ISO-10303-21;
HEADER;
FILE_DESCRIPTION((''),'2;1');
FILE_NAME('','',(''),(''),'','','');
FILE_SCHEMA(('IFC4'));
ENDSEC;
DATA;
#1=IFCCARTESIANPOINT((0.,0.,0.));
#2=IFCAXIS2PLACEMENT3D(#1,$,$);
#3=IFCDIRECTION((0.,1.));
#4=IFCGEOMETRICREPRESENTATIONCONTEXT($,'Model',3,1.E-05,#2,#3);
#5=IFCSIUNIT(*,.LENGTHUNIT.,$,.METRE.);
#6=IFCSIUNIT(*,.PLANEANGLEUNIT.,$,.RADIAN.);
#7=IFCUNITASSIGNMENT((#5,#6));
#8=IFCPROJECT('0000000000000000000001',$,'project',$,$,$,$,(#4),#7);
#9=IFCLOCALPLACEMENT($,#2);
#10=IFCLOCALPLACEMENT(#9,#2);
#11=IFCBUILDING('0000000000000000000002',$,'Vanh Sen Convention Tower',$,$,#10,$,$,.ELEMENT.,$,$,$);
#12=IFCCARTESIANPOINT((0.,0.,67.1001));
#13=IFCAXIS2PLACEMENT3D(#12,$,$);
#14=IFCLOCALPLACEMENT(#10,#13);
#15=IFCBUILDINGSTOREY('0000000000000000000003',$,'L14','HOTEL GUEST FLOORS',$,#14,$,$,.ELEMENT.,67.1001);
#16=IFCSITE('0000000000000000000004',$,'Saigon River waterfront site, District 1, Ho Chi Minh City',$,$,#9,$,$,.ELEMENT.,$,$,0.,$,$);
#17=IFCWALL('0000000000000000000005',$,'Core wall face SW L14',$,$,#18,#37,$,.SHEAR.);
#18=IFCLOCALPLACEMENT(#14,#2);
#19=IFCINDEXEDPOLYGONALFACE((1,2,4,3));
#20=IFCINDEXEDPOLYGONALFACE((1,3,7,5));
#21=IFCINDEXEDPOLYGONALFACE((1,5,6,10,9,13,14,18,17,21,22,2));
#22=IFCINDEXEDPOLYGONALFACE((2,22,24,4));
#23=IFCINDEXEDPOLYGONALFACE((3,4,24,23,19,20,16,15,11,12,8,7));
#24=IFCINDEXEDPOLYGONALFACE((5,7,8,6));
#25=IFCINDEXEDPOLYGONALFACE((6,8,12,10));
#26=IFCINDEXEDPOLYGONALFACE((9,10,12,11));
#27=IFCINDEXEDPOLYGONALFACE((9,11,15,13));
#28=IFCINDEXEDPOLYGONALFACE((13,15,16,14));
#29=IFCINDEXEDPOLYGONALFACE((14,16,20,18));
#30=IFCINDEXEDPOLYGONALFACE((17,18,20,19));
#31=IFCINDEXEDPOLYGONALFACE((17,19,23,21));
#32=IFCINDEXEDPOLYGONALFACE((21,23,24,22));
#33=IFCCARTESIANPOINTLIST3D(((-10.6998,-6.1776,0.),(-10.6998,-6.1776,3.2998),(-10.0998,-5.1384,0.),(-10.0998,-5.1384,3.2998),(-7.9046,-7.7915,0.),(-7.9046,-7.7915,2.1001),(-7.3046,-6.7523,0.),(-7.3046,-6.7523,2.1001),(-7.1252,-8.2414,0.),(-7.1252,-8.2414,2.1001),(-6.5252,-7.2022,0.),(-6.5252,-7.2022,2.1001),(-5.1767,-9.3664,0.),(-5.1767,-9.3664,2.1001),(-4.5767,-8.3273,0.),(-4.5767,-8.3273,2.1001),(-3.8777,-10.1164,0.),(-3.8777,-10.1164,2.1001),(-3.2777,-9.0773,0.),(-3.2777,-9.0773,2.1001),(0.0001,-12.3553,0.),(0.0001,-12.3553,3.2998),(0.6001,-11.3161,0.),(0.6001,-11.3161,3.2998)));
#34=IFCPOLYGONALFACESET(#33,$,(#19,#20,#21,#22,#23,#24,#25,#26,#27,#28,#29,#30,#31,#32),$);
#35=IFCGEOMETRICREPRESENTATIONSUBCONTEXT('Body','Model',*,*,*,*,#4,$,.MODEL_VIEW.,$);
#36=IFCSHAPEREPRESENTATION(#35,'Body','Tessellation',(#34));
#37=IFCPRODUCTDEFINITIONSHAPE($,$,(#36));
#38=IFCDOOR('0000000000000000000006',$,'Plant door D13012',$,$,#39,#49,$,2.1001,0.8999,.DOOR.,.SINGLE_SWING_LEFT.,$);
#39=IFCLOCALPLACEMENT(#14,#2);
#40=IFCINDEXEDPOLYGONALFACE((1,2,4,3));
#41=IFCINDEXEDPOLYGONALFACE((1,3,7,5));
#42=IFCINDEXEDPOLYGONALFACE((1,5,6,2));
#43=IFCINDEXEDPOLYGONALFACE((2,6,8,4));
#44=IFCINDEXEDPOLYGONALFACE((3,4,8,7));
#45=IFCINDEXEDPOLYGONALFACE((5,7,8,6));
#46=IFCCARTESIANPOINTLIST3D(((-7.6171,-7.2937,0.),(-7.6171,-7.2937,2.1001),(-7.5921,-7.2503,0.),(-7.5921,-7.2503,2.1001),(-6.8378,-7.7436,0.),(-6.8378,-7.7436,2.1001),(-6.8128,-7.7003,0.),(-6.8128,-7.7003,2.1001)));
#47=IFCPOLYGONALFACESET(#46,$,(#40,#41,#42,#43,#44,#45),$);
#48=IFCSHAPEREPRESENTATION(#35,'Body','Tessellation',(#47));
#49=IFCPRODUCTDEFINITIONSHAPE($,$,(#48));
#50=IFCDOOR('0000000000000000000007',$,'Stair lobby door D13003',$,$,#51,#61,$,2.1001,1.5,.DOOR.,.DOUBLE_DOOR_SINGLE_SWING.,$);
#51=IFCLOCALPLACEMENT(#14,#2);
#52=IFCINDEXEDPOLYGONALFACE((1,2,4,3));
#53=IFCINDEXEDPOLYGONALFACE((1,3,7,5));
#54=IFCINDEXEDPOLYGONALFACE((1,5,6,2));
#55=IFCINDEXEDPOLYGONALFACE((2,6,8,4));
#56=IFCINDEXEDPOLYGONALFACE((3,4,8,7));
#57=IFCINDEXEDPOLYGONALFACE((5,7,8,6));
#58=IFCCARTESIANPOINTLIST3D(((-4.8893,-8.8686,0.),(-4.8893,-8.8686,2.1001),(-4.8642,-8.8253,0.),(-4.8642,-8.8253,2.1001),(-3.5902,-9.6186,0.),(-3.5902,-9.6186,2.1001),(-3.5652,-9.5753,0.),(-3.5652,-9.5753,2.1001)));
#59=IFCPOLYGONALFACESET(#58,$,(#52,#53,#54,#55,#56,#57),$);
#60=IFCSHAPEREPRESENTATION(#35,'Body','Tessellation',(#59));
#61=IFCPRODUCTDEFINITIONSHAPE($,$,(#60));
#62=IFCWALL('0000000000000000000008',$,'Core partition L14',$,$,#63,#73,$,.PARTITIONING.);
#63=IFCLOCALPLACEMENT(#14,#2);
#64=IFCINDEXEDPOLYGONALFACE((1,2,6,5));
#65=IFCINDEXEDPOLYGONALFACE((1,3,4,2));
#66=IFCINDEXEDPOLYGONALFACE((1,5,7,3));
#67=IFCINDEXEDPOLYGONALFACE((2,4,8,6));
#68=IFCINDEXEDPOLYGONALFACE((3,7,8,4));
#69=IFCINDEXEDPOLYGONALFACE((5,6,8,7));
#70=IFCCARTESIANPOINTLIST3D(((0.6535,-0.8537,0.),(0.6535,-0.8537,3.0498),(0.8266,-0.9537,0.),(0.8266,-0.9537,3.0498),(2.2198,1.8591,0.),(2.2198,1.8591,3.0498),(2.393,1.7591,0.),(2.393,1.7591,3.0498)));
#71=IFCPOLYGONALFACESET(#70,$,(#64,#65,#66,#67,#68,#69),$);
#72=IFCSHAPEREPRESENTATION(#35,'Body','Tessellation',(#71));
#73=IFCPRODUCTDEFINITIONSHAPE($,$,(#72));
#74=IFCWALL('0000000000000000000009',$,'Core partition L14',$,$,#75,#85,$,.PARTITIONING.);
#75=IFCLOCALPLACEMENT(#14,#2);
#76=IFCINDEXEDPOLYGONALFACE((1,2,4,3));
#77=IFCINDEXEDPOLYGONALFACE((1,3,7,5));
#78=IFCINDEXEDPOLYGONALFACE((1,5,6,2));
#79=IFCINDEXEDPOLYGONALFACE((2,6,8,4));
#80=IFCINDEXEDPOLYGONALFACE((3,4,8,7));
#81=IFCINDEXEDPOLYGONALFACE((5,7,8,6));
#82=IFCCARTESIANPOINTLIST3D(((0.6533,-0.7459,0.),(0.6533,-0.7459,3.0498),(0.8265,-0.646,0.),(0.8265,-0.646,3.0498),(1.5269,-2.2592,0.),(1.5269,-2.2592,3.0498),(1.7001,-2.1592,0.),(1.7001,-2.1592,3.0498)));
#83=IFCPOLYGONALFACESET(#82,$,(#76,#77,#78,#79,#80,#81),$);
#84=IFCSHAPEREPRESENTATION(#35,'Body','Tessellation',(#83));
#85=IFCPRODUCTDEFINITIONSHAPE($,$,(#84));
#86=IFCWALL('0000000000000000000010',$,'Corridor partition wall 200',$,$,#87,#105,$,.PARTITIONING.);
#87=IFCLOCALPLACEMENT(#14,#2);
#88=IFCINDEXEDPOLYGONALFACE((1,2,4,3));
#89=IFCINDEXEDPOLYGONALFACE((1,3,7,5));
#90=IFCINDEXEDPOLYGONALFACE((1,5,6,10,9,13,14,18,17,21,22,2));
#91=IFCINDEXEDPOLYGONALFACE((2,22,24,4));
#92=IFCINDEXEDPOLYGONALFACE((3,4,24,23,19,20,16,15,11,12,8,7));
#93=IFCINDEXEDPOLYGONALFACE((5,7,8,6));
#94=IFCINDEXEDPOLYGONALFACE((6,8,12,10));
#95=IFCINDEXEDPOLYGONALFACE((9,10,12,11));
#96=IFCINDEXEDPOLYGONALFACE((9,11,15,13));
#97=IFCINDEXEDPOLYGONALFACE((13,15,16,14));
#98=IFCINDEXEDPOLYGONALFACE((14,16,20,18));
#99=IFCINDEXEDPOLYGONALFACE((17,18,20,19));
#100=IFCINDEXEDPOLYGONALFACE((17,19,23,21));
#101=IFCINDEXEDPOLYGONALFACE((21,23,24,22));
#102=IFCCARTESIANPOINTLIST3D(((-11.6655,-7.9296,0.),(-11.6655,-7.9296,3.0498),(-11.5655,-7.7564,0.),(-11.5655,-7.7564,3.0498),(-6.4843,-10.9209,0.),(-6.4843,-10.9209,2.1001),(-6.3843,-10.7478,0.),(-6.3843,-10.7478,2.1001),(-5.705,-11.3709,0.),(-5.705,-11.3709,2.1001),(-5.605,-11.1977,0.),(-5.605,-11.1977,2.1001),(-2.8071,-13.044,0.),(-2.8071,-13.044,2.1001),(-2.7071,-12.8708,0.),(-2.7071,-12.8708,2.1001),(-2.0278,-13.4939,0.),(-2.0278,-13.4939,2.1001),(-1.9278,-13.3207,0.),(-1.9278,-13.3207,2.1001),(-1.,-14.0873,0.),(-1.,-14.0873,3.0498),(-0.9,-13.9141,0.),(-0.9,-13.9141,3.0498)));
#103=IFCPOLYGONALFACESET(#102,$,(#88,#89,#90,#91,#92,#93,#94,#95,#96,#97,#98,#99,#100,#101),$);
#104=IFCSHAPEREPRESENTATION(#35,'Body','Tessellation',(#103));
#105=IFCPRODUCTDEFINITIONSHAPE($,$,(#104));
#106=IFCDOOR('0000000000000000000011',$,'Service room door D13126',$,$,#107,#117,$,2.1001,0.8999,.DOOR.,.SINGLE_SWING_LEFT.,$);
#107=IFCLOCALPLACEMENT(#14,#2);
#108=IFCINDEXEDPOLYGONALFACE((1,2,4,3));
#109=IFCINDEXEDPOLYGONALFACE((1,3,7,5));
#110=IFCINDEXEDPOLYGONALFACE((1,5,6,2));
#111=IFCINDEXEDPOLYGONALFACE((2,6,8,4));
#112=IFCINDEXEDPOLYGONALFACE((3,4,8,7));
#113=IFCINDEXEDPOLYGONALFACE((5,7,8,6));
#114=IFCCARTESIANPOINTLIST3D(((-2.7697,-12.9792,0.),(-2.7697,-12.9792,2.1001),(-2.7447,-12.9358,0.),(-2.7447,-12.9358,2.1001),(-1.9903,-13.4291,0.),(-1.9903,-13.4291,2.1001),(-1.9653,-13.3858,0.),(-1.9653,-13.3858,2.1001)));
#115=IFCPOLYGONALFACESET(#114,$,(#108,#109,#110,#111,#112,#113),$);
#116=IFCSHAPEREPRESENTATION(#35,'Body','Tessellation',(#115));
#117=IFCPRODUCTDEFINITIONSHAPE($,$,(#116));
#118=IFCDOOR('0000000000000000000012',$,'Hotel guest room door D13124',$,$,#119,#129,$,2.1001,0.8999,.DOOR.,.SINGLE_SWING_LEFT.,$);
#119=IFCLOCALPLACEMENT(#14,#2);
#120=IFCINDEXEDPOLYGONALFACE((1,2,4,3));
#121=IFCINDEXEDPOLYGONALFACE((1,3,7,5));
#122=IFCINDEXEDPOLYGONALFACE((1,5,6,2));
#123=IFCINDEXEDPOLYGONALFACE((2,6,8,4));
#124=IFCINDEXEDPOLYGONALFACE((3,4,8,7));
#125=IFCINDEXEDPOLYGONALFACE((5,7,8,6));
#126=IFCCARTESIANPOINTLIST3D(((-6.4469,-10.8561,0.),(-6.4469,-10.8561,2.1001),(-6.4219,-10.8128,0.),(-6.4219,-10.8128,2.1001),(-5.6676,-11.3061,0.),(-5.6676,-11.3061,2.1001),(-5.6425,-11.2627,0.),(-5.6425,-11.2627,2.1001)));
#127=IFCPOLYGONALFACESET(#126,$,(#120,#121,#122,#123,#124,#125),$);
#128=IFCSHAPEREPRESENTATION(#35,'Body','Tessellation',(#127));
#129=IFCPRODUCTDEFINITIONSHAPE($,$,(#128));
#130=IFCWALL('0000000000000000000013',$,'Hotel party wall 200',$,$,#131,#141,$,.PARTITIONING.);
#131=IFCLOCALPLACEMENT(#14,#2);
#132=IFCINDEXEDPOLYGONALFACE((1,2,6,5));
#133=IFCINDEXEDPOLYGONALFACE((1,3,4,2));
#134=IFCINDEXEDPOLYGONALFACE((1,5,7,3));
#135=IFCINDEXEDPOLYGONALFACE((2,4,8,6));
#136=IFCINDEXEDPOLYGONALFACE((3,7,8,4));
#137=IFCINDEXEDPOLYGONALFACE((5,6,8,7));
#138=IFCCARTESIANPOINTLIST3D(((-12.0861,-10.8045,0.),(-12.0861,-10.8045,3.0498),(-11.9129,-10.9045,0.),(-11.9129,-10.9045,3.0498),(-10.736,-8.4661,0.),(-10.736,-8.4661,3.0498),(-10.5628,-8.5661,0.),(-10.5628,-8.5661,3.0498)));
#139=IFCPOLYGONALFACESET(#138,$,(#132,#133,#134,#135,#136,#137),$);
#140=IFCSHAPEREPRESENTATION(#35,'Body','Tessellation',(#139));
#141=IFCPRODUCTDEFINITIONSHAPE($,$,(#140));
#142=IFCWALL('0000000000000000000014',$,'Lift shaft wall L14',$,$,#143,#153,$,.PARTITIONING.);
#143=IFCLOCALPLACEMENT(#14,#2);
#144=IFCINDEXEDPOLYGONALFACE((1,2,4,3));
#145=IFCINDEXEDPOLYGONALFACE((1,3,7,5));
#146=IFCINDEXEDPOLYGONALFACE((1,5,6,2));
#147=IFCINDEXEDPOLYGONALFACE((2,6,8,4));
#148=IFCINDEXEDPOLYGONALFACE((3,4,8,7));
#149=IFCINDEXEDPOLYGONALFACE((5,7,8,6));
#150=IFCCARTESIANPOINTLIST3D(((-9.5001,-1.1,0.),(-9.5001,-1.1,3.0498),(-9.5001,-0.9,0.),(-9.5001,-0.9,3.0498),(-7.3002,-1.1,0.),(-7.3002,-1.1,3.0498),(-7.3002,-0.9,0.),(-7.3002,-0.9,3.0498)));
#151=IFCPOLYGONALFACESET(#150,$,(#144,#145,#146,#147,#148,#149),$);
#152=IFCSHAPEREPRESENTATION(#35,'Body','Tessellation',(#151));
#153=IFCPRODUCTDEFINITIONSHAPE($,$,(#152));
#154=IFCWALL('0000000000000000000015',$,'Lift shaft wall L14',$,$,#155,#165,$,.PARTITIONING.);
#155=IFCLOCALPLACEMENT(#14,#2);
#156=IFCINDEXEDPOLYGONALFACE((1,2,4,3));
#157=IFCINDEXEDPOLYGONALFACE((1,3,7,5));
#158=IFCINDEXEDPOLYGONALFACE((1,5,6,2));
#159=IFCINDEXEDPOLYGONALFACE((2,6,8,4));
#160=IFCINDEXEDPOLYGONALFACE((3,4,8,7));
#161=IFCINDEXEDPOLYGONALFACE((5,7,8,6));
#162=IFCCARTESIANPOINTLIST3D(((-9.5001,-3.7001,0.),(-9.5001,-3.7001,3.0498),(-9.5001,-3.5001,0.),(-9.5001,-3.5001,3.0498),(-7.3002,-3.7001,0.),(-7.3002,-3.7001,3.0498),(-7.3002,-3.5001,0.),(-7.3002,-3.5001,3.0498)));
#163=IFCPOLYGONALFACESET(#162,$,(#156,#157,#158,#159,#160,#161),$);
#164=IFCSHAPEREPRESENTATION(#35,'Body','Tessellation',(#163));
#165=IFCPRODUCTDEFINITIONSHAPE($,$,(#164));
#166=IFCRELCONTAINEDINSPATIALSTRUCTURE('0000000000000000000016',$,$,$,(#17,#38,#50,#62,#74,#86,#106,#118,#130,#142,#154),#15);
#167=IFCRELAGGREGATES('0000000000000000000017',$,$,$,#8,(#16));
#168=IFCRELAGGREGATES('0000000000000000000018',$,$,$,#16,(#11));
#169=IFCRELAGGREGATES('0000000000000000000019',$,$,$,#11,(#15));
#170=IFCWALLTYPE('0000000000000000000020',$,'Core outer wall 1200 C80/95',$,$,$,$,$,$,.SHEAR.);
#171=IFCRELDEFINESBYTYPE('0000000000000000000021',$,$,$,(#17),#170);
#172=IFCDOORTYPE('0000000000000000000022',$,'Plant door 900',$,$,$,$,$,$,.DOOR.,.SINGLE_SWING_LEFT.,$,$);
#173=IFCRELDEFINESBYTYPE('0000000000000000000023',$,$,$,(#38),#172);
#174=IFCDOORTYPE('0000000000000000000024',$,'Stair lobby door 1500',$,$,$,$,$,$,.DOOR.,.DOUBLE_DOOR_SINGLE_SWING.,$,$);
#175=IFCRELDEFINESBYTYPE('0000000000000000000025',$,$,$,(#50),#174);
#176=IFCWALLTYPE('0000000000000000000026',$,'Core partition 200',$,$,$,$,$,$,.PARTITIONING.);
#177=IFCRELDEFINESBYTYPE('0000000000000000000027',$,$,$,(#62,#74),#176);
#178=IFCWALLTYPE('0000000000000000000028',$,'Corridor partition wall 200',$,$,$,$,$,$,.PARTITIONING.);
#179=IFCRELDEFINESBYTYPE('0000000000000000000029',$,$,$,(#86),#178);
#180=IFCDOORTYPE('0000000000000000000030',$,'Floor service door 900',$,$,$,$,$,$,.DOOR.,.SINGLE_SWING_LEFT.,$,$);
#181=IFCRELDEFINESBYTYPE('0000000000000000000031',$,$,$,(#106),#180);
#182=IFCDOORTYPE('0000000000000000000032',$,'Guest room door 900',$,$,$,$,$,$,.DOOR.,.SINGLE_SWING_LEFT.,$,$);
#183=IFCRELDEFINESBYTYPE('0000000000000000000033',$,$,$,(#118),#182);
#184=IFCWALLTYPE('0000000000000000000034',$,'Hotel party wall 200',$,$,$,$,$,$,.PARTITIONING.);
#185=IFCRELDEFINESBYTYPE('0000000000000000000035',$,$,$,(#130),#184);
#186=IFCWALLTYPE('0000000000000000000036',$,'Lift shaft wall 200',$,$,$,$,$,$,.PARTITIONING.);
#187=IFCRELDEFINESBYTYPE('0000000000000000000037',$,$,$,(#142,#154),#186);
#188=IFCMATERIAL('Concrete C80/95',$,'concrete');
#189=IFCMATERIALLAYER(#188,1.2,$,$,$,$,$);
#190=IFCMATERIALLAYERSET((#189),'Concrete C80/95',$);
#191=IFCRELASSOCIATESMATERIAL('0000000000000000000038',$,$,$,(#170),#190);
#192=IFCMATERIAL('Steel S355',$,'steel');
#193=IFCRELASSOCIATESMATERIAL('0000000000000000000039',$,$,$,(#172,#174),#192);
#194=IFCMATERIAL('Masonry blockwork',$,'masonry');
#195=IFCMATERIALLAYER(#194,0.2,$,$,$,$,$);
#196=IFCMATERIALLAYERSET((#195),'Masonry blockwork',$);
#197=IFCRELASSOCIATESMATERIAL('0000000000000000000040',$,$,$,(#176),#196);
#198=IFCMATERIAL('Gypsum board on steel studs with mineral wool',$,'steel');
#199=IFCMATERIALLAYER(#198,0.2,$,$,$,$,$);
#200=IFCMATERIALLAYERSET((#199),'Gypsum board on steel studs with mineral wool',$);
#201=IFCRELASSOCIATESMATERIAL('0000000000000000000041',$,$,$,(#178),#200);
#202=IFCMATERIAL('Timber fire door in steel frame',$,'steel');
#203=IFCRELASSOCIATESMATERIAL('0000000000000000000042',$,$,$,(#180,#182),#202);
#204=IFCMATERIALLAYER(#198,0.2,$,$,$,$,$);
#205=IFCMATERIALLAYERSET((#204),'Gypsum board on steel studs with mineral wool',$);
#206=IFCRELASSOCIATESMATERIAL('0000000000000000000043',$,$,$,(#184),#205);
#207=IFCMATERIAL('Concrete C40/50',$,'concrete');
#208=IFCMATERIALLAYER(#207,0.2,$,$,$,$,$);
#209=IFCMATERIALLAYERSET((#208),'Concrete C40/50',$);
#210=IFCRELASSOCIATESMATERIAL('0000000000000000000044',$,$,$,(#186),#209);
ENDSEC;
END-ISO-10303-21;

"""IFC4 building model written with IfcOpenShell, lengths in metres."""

from ifc_helpers import new_model, si_unit, direction, frame, frame_2d, origin, place, context, subcontext, project, spatial, rectangle, extrude, material, layer, layer_set, type_object, element, fill, save


model = new_model("IFC4")

# Units and contexts
model_context = context("Model", 3, precision=1e-05, world=origin(), true_north=direction((0.0, 1.0)))
body_context = subcontext(model_context, "Body", "Model", "MODEL_VIEW")
ifc_project = project(units=[si_unit("LENGTHUNIT", "METRE"), si_unit("PLANEANGLEUNIT", "RADIAN")], contexts=[model_context])

# Site, building, storey
site_placement = place(None, origin())
site = spatial("IfcSite", under=ifc_project, at=site_placement, Name="Saigon River waterfront site, District 1, Ho Chi Minh City", CompositionType="ELEMENT", RefElevation=0.0)
building_placement = place(site_placement, origin())
building = spatial("IfcBuilding", under=site, at=building_placement, Name="Vanh Sen Convention Tower", CompositionType="ELEMENT")
storey_placement = place(building_placement, frame((0.0, 0.0, 67.1001)))
storey = spatial("IfcBuildingStorey", under=building, at=storey_placement, Name="L14", Description="HOTEL GUEST FLOORS", CompositionType="ELEMENT", Elevation=67.1001)

# Shared definitions
ifc_material_1 = material(Name="Concrete C40/50", Category="concrete")

# Wall, openings, doors
ifc_material_2 = material(Name="Concrete C80/95", Category="concrete")
ifc_layer_1 = layer(ifc_material_2, 1.2)
ifc_layer_set_1 = layer_set([ifc_layer_1], Name="Concrete C80/95")
wall_type_1 = type_object("IfcWallType", Name="Core outer wall 1200 C80/95", PredefinedType="SHEAR", material=ifc_layer_set_1)
wall_1_placement = place(storey_placement, frame((-10.3999, -5.658, 0.0), z_axis=(0.0, 0.0, 1.0), x_axis=(0.866021, -0.500007, 0.0)))
wall_1 = element("IfcWall", 1, at=wall_1_placement, inside=storey, type_object=wall_type_1, Name="Core wall face SW L14", PredefinedType="SHEAR", context=body_context, shape_type="SweptSolid", body=[
    extrude(rectangle(XDim=12.3552, YDim=1.2, at=frame_2d((6.1777, 0.0))), origin(), (0.0, 0.0, 1.0), 3.2998),
])
opening_1_placement = place(wall_1_placement, frame((6.3777, 0.0, 0.0)))
opening_1 = element("IfcOpeningElement", 2, at=opening_1_placement, cuts=wall_1, PredefinedType="OPENING", context=body_context, shape_type="SweptSolid", body=[
    extrude(rectangle(XDim=1.5, YDim=2.1001, at=frame_2d((0.75, 1.05))), frame((0.0, 0.6099, 0.0), z_axis=(0.0, -1.0, 0.0), x_axis=(1.0, 0.0, 0.0)), (0.0, 0.0, 1.0), 1.22),
])
opening_2_placement = place(wall_1_placement, frame((3.2278, 0.0, 0.0)))
opening_2 = element("IfcOpeningElement", 3, at=opening_2_placement, cuts=wall_1, PredefinedType="OPENING", context=body_context, shape_type="SweptSolid", body=[
    extrude(rectangle(XDim=0.8999, YDim=2.1001, at=frame_2d((0.45, 1.05))), frame((0.0, 0.6099, 0.0), z_axis=(0.0, -1.0, 0.0), x_axis=(1.0, 0.0, 0.0)), (0.0, 0.0, 1.0), 1.22),
])
ifc_material_3 = material(Name="Steel S355", Category="steel")
door_type_1 = type_object("IfcDoorType", Name="Plant door 900", OperationType="SINGLE_SWING_LEFT", PredefinedType="DOOR", material=ifc_material_3)
door_1_placement = place(opening_2_placement, origin())
door_1 = element("IfcDoor", 4, at=door_1_placement, inside=storey, type_object=door_type_1, Name="Plant door D13012", OperationType="SINGLE_SWING_LEFT", OverallHeight=2.1001, OverallWidth=0.8999, PredefinedType="DOOR", context=body_context, shape_type="SweptSolid", body=[
    extrude(rectangle(XDim=0.8999, YDim=2.1001, at=frame_2d((0.45, 1.05))), frame((0.0, 0.0249, 0.0), z_axis=(0.0, -1.0, 0.0), x_axis=(1.0, 0.0, 0.0)), (0.0, 0.0, 1.0), 0.05),
])
fill(opening_2, door_1)
door_type_2 = type_object("IfcDoorType", Name="Stair lobby door 1500", OperationType="DOUBLE_DOOR_SINGLE_SWING", PredefinedType="DOOR", material=ifc_material_3)
door_2_placement = place(opening_1_placement, origin())
door_2 = element("IfcDoor", 5, at=door_2_placement, inside=storey, type_object=door_type_2, Name="Stair lobby door D13003", OperationType="DOUBLE_DOOR_SINGLE_SWING", OverallHeight=2.1001, OverallWidth=1.5, PredefinedType="DOOR", context=body_context, shape_type="SweptSolid", body=[
    extrude(rectangle(XDim=1.5, YDim=2.1001, at=frame_2d((0.75, 1.05))), frame((0.0, 0.0249, 0.0), z_axis=(0.0, -1.0, 0.0), x_axis=(1.0, 0.0, 0.0)), (0.0, 0.0, 1.0), 0.05),
])
fill(opening_1, door_2)

# Walls
ifc_material_4 = material(Name="Masonry blockwork", Category="masonry")
ifc_layer_2 = layer(ifc_material_4, 0.2)
ifc_layer_set_2 = layer_set([ifc_layer_2], Name="Masonry blockwork")
wall_type_2 = type_object("IfcWallType", Name="Core partition 200", PredefinedType="PARTITIONING", material=ifc_layer_set_2)
wall_2_placement = place(storey_placement, frame((0.74, -0.9038, 0.0), z_axis=(0.0, 0.0, 1.0), x_axis=(0.500028, 0.866009, 0.0)))
element("IfcWall", 6, at=wall_2_placement, inside=storey, type_object=wall_type_2, Name="Core partition L14", PredefinedType="PARTITIONING", context=body_context, shape_type="SweptSolid", body=[
    extrude(rectangle(XDim=3.1326, YDim=0.2, at=frame_2d((1.5664, 0.0))), origin(), (0.0, 0.0, 1.0), 3.0498),
])
wall_3_placement = place(storey_placement, frame((0.74, -0.696, 0.0), z_axis=(0.0, 0.0, 1.0), x_axis=(0.499956, -0.866051, 0.0)))
element("IfcWall", 7, at=wall_3_placement, inside=storey, type_object=wall_type_2, Name="Core partition L14", PredefinedType="PARTITIONING", context=body_context, shape_type="SweptSolid", body=[
    extrude(rectangle(XDim=1.7473, YDim=0.2, at=frame_2d((0.8735, 0.0))), origin(), (0.0, 0.0, 1.0), 3.0498),
])

# Wall, openings, doors
ifc_material_5 = material(Name="Gypsum board on steel studs with mineral wool", Category="steel")
ifc_layer_3 = layer(ifc_material_5, 0.2)
ifc_layer_set_3 = layer_set([ifc_layer_3], Name="Gypsum board on steel studs with mineral wool")
wall_type_3 = type_object("IfcWallType", Name="Corridor partition wall 200", PredefinedType="PARTITIONING", material=ifc_layer_set_3)
wall_4_placement = place(storey_placement, frame((-11.6155, -7.843, 0.0), z_axis=(0.0, 0.0, 1.0), x_axis=(0.866026, -0.499998, 0.0)))
wall_4 = element("IfcWall", 8, at=wall_4_placement, inside=storey, type_object=wall_type_3, Name="Corridor partition wall 200", PredefinedType="PARTITIONING", context=body_context, shape_type="SweptSolid", body=[
    extrude(rectangle(XDim=12.3154, YDim=0.2, at=frame_2d((6.1577, 0.0))), origin(), (0.0, 0.0, 1.0), 3.0498),
])
opening_3_placement = place(wall_4_placement, frame((5.9827, 0.0, 0.0)))
opening_3 = element("IfcOpeningElement", 9, at=opening_3_placement, cuts=wall_4, PredefinedType="OPENING", context=body_context, shape_type="SweptSolid", body=[
    extrude(rectangle(XDim=0.8999, YDim=2.1001, at=frame_2d((0.45, 1.05))), frame((0.0, 0.1099, 0.0), z_axis=(0.0, -1.0, 0.0), x_axis=(1.0, 0.0, 0.0)), (0.0, 0.0, 1.0), 0.22),
])
opening_4_placement = place(wall_4_placement, frame((10.2288, 0.0, 0.0)))
opening_4 = element("IfcOpeningElement", 10, at=opening_4_placement, cuts=wall_4, PredefinedType="OPENING", context=body_context, shape_type="SweptSolid", body=[
    extrude(rectangle(XDim=0.8999, YDim=2.1001, at=frame_2d((0.45, 1.05))), frame((0.0, 0.1099, 0.0), z_axis=(0.0, -1.0, 0.0), x_axis=(1.0, 0.0, 0.0)), (0.0, 0.0, 1.0), 0.22),
])
ifc_material_6 = material(Name="Timber fire door in steel frame", Category="steel")
door_type_3 = type_object("IfcDoorType", Name="Floor service door 900", OperationType="SINGLE_SWING_LEFT", PredefinedType="DOOR", material=ifc_material_6)
door_3_placement = place(opening_4_placement, origin())
door_3 = element("IfcDoor", 11, at=door_3_placement, inside=storey, type_object=door_type_3, Name="Service room door D13126", OperationType="SINGLE_SWING_LEFT", OverallHeight=2.1001, OverallWidth=0.8999, PredefinedType="DOOR", context=body_context, shape_type="SweptSolid", body=[
    extrude(rectangle(XDim=0.8999, YDim=2.1001, at=frame_2d((0.45, 1.05))), frame((0.0, 0.0249, 0.0), z_axis=(0.0, -1.0, 0.0), x_axis=(1.0, 0.0, 0.0)), (0.0, 0.0, 1.0), 0.05),
])
fill(opening_4, door_3)
door_type_4 = type_object("IfcDoorType", Name="Guest room door 900", OperationType="SINGLE_SWING_LEFT", PredefinedType="DOOR", material=ifc_material_6)
door_4_placement = place(opening_3_placement, origin())
door_4 = element("IfcDoor", 12, at=door_4_placement, inside=storey, type_object=door_type_4, Name="Hotel guest room door D13124", OperationType="SINGLE_SWING_LEFT", OverallHeight=2.1001, OverallWidth=0.8999, PredefinedType="DOOR", context=body_context, shape_type="SweptSolid", body=[
    extrude(rectangle(XDim=0.8999, YDim=2.1001, at=frame_2d((0.45, 1.05))), frame((0.0, 0.0249, 0.0), z_axis=(0.0, -1.0, 0.0), x_axis=(1.0, 0.0, 0.0)), (0.0, 0.0, 1.0), 0.05),
])
fill(opening_3, door_4)

# Walls
ifc_layer_4 = layer(ifc_material_5, 0.2)
ifc_layer_set_4 = layer_set([ifc_layer_4], Name="Gypsum board on steel studs with mineral wool")
wall_type_4 = type_object("IfcWallType", Name="Hotel party wall 200", PredefinedType="PARTITIONING", material=ifc_layer_set_4)
wall_5_placement = place(storey_placement, frame((-11.9995, -10.8545, 0.0), z_axis=(0.0, 0.0, 1.0), x_axis=(0.500009, 0.86602, 0.0)))
element("IfcWall", 13, at=wall_5_placement, inside=storey, type_object=wall_type_4, Name="Hotel party wall 200", PredefinedType="PARTITIONING", context=body_context, shape_type="SweptSolid", body=[
    extrude(rectangle(XDim=2.7002, YDim=0.2, at=frame_2d((1.3501, 0.0))), origin(), (0.0, 0.0, 1.0), 3.0498),
])
ifc_layer_5 = layer(ifc_material_1, 0.2)
ifc_layer_set_5 = layer_set([ifc_layer_5], Name="Concrete C40/50")
wall_type_5 = type_object("IfcWallType", Name="Lift shaft wall 200", PredefinedType="PARTITIONING", material=ifc_layer_set_5)
for number, where, z_axis, x_axis, name in (
    (14, (-7.3, -1.0, 0.0), (0.0, 0.0, 1.0), (-1.0, 0.0, 0.0), "Lift shaft wall L14"),
    (15, (-7.3, -3.6001, 0.0), (0.0, 0.0, 1.0), (-1.0, 0.0, 0.0), "Lift shaft wall L14"),
):
    element("IfcWall", number, at=place(storey_placement, frame(where, z_axis=z_axis, x_axis=x_axis)), inside=storey, type_object=wall_type_5, Name=name, PredefinedType="PARTITIONING", context=body_context, shape_type="SweptSolid", body=[
        extrude(rectangle(XDim=2.2, YDim=0.2, at=frame_2d((1.1001, 0.0))), origin(), (0.0, 0.0, 1.0), 3.0498),
    ])

save(model, "model.ifc")
